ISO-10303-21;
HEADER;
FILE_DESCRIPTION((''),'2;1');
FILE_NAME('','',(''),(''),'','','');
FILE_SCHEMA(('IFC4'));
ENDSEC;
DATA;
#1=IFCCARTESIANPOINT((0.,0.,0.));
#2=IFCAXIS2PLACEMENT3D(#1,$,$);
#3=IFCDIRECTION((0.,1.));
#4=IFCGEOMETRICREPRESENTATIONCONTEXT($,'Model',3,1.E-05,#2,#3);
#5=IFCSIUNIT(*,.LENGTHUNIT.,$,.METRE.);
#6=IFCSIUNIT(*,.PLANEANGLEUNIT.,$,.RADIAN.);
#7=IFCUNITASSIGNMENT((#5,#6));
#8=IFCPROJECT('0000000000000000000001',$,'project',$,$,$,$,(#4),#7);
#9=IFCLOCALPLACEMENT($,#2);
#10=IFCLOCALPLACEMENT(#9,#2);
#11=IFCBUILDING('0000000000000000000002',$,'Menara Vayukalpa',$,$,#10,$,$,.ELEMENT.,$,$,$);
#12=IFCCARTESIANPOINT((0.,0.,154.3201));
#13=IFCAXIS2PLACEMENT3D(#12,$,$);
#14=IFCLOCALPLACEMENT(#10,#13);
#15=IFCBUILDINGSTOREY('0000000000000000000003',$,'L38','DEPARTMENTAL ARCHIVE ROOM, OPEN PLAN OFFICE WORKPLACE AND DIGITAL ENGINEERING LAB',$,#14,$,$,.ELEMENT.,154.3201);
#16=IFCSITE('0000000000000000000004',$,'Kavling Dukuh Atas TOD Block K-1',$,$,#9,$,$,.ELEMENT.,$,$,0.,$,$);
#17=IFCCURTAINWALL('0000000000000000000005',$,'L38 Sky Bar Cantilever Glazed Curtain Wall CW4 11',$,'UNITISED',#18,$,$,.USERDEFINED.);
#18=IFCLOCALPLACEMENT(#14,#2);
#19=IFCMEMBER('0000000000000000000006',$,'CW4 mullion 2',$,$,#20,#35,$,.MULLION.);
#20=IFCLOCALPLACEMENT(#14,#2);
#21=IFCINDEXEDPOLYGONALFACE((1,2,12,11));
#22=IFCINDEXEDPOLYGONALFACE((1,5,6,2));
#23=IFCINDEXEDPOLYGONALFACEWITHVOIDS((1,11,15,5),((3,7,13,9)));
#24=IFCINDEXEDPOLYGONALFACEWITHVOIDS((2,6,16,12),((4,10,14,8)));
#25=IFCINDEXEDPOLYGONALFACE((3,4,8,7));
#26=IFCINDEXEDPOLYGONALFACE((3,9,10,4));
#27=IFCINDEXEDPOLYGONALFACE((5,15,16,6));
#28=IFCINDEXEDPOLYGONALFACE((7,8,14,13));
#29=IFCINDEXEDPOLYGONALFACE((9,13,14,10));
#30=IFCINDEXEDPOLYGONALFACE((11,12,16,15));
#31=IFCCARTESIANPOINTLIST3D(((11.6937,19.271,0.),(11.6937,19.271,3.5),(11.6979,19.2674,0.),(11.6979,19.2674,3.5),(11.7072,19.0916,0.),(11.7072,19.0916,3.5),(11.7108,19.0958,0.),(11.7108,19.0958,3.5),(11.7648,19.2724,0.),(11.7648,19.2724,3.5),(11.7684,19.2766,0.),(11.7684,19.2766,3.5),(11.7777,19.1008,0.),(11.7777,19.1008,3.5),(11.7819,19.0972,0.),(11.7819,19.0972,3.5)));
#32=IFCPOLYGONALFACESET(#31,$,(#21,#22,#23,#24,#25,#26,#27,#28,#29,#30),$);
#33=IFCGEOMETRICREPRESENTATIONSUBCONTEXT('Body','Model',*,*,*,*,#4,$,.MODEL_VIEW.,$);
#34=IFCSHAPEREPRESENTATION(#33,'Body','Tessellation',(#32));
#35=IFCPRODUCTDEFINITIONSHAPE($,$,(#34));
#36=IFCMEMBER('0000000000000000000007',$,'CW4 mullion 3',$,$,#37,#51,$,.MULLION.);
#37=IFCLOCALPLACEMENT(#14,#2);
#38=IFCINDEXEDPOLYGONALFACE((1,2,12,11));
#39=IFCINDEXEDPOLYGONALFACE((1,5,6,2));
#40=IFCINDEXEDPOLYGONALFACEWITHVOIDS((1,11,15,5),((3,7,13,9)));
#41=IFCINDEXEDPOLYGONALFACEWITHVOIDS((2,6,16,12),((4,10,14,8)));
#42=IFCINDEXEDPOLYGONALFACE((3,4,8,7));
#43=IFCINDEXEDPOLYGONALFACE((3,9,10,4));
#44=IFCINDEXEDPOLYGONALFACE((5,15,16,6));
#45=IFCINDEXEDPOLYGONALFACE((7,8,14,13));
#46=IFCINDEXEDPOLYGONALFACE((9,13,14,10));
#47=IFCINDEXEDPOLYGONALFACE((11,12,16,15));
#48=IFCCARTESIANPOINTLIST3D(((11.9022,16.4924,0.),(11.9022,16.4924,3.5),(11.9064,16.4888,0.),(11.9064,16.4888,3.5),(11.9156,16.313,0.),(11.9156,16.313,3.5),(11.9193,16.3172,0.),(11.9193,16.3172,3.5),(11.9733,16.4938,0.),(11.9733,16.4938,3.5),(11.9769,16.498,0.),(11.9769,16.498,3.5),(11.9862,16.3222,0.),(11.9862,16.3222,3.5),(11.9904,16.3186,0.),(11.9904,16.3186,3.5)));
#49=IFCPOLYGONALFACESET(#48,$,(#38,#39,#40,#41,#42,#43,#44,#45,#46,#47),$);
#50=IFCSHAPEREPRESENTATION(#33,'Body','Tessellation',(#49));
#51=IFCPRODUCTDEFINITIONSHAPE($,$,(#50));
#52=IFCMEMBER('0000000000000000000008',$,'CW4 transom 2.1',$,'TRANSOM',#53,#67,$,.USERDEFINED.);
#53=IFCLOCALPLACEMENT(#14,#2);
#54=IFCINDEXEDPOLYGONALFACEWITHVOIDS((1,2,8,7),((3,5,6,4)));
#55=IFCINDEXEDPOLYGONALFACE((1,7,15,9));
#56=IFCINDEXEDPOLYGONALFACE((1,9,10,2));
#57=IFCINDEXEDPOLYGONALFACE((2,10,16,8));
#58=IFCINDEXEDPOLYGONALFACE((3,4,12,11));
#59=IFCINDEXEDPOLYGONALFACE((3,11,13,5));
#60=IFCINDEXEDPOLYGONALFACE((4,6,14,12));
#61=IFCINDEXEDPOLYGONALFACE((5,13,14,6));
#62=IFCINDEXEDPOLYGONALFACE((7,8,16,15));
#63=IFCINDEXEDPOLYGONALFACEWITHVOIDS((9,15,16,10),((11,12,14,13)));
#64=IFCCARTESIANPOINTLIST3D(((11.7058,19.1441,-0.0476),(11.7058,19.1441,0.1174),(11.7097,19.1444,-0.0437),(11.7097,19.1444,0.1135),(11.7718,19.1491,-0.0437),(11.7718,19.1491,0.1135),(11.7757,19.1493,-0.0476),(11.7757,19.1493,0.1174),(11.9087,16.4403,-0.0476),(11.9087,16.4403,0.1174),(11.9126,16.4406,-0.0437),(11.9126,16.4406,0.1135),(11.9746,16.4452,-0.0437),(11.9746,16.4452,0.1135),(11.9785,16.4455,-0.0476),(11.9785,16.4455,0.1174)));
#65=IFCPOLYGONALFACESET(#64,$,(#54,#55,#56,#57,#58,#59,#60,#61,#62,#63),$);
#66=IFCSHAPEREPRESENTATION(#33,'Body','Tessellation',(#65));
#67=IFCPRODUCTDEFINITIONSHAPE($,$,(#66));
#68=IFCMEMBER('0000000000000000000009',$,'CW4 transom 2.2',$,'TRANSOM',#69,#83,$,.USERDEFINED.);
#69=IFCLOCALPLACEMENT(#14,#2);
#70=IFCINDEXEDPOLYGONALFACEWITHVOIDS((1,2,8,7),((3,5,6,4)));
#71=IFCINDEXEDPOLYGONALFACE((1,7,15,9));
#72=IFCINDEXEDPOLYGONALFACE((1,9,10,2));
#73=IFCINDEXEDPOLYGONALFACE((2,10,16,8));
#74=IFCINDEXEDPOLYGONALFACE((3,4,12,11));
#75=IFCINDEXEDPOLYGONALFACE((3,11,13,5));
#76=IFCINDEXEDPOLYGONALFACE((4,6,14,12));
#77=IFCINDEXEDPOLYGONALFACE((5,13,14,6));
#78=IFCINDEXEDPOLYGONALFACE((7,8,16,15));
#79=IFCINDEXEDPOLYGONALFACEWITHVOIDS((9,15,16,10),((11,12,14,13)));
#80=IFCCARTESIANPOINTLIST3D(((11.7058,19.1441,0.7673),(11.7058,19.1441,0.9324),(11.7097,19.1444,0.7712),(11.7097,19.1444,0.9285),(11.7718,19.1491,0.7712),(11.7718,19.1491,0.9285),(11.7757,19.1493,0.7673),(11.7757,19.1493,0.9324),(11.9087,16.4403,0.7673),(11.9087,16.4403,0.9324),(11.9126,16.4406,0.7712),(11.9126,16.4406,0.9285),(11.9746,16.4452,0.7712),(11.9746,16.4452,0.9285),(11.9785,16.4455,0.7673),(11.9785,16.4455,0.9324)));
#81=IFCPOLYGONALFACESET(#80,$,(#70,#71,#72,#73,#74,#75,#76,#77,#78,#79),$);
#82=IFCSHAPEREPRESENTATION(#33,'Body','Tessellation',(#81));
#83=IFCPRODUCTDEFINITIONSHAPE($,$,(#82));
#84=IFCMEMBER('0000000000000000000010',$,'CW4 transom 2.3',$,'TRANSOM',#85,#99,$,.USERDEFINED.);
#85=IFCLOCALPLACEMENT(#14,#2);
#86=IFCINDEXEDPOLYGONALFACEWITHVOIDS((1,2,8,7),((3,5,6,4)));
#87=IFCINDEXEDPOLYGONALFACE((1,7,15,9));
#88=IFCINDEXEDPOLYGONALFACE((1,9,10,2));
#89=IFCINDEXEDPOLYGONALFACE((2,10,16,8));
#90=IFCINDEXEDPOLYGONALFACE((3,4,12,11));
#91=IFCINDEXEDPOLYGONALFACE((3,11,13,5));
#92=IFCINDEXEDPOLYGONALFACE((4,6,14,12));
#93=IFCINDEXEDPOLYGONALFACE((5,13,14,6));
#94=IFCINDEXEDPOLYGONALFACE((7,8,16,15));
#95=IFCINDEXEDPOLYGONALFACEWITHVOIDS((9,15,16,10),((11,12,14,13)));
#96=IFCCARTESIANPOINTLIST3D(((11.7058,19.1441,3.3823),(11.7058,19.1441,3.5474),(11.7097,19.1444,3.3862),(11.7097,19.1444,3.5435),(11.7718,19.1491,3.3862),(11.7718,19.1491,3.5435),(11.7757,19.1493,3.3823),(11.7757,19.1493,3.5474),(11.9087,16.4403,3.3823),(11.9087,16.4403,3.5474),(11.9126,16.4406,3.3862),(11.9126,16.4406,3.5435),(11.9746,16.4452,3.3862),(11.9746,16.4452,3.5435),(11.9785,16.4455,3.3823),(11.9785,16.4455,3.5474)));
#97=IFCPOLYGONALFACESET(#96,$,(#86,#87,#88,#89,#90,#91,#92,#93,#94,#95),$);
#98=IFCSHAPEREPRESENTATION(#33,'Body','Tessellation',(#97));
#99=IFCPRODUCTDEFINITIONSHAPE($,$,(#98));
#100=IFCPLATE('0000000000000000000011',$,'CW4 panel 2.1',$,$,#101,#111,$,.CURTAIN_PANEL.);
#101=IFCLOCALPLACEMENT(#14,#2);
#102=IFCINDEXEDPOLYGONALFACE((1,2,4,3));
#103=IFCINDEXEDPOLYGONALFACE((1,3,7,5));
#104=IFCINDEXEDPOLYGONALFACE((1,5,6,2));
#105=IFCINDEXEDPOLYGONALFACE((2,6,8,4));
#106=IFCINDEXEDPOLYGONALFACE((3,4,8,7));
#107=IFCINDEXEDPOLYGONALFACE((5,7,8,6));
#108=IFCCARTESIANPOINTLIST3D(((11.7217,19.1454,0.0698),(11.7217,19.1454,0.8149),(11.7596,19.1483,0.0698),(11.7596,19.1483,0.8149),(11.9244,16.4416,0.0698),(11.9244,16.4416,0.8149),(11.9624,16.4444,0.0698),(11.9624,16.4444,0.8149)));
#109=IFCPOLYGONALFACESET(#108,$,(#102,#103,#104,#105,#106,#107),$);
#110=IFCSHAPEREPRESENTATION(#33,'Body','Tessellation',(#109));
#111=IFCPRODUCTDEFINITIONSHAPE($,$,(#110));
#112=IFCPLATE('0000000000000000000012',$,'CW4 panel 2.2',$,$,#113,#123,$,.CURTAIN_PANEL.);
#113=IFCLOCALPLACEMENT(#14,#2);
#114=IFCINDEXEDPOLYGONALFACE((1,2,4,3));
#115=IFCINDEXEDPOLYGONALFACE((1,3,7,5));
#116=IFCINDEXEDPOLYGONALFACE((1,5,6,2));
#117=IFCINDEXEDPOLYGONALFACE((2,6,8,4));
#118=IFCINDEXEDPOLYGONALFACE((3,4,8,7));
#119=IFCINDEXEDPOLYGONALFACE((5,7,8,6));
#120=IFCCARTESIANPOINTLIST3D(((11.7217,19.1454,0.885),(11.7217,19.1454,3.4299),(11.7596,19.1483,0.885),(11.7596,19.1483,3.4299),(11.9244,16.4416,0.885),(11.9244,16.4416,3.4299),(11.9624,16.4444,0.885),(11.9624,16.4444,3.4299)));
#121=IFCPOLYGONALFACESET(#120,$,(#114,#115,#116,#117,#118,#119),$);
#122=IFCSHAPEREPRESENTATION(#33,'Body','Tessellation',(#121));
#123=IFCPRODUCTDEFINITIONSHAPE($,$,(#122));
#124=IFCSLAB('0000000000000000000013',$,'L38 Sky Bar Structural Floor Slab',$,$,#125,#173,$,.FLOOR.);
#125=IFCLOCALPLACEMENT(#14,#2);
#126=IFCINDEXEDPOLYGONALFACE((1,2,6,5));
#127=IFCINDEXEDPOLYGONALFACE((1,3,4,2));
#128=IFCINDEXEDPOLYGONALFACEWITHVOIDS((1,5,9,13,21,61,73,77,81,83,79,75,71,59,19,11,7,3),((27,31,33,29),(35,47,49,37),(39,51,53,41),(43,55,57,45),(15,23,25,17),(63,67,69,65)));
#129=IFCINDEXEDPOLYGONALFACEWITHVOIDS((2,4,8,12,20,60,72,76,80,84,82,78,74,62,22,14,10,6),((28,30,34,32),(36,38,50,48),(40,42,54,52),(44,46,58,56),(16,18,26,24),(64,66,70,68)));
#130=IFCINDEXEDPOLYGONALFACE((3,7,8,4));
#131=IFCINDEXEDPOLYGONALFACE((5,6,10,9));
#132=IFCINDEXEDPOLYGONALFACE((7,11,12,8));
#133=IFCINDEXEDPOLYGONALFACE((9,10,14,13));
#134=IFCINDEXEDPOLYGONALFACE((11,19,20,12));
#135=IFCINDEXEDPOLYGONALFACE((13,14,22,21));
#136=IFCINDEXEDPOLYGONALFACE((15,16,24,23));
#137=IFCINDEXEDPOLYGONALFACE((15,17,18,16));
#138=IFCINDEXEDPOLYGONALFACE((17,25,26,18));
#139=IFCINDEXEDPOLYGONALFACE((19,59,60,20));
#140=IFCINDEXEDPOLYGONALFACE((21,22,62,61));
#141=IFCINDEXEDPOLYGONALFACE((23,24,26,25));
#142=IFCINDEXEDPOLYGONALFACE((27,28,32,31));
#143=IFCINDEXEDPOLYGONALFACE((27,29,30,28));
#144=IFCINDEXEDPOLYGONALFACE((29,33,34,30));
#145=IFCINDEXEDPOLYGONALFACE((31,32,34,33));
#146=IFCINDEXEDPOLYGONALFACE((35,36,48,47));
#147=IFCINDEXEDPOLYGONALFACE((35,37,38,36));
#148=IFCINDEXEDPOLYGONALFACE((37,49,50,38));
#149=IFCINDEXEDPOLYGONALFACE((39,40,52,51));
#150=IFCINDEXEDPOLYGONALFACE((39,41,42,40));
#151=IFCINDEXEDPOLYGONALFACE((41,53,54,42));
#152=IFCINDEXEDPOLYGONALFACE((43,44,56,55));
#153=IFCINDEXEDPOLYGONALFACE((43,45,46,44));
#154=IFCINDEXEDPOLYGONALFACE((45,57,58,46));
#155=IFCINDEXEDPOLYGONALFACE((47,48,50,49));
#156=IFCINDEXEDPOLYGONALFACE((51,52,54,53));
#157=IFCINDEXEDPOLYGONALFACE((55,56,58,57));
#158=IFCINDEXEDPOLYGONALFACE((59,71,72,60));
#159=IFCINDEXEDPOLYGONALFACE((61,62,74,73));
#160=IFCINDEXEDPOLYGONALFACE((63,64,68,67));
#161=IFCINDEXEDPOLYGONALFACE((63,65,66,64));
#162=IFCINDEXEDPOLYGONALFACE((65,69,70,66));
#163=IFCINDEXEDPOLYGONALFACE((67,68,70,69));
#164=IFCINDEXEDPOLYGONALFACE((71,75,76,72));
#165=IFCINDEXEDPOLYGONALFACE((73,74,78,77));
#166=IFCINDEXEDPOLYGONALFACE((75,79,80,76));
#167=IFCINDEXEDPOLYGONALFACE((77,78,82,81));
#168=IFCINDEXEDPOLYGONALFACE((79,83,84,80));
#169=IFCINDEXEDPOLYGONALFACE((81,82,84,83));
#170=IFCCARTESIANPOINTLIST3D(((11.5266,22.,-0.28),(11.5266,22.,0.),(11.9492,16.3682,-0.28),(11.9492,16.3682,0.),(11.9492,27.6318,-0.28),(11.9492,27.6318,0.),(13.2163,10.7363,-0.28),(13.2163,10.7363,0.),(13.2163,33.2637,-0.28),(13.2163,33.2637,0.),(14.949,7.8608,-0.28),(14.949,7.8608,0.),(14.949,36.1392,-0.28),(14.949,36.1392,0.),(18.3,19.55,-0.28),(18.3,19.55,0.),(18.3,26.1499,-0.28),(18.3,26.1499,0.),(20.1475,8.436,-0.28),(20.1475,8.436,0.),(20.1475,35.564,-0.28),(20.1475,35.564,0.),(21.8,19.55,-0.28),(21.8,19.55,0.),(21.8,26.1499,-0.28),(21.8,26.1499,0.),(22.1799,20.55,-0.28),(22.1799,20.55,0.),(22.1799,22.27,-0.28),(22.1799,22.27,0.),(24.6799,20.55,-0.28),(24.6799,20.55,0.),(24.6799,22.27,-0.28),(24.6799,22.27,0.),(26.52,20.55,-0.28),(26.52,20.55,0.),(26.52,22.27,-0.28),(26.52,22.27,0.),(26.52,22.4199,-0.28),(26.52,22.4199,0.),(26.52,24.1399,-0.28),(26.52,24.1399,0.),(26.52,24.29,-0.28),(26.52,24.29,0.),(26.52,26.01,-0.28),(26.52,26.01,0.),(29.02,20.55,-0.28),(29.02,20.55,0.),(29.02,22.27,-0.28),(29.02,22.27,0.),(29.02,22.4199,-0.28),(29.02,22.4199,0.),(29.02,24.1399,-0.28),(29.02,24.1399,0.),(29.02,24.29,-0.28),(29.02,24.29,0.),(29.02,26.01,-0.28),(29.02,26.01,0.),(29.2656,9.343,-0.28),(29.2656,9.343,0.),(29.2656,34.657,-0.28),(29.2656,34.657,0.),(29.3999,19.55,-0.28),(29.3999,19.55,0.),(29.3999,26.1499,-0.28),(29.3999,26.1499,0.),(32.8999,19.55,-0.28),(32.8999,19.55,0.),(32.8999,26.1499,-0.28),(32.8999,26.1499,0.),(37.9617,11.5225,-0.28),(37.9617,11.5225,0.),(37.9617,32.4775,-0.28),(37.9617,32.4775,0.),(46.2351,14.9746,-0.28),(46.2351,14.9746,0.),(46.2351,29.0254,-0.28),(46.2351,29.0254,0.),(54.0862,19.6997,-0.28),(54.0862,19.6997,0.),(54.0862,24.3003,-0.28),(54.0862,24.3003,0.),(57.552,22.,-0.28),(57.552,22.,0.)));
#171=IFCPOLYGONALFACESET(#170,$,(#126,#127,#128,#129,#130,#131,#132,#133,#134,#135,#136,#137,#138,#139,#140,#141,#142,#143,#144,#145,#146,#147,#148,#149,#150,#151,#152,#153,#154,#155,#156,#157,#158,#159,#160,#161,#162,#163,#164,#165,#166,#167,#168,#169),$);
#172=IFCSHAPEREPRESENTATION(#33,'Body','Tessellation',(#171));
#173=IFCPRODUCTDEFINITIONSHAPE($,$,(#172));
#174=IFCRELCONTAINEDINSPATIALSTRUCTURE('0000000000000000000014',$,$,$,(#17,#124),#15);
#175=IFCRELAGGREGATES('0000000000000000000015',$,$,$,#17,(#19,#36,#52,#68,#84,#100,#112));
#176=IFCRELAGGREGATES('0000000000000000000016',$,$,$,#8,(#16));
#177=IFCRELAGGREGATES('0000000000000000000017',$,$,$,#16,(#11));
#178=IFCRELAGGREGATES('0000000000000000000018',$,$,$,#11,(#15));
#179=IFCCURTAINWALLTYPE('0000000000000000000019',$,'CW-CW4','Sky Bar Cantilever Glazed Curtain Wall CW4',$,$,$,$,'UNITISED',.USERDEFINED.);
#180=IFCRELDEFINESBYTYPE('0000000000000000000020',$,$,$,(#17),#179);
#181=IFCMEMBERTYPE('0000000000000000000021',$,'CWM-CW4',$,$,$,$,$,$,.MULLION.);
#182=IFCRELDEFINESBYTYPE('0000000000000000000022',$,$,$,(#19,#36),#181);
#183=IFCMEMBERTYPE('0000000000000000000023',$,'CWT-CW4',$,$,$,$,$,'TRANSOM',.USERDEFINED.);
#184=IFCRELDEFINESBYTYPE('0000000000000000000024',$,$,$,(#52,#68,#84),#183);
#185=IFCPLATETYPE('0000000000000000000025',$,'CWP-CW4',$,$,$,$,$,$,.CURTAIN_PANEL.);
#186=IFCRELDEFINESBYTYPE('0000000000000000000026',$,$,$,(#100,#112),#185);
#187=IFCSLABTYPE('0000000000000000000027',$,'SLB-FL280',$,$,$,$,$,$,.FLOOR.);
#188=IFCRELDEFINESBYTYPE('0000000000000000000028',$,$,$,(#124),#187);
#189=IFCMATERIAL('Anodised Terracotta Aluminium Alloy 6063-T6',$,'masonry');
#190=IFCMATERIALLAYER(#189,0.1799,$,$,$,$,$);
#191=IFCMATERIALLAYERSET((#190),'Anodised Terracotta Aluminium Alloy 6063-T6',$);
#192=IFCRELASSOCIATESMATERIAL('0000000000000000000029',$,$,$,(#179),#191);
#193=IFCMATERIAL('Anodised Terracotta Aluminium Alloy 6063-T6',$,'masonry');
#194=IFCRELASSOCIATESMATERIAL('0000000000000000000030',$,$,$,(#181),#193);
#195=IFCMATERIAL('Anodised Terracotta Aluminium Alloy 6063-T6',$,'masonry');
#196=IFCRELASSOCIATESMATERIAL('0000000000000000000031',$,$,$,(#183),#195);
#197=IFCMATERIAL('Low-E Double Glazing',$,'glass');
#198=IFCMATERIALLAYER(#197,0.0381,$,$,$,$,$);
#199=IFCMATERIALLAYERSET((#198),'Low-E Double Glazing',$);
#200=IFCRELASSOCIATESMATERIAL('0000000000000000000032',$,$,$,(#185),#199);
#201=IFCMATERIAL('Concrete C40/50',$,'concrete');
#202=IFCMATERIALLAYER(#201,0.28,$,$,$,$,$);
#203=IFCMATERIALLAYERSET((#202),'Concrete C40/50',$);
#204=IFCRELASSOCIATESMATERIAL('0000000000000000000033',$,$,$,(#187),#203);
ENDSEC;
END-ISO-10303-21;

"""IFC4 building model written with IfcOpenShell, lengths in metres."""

from ifc_helpers import new_model, si_unit, direction, frame, origin, origin_2d, place, context, subcontext, project, spatial, polyline, rectangle, hollow_rectangle, outline, extrude, material, layer, layer_set, material_profile, profile_set, type_object, element, aggregate, save


model = new_model("IFC4")

# Units and contexts
model_context = context("Model", 3, precision=1e-05, world=origin(), true_north=direction((0.0, 1.0)))
body_context = subcontext(model_context, "Body", "Model", "MODEL_VIEW")
ifc_project = project(units=[si_unit("LENGTHUNIT", "METRE"), si_unit("PLANEANGLEUNIT", "RADIAN")], contexts=[model_context])

# Site, building, storey
site_placement = place(None, origin())
site = spatial("IfcSite", under=ifc_project, at=site_placement, Name="Kavling Dukuh Atas TOD Block K-1", CompositionType="ELEMENT", RefElevation=0.0)
building_placement = place(site_placement, origin())
building = spatial("IfcBuilding", under=site, at=building_placement, Name="Menara Vayukalpa", CompositionType="ELEMENT")
storey_placement = place(building_placement, frame((0.0, 0.0, 154.3201)))
storey = spatial("IfcBuildingStorey", under=building, at=storey_placement, Name="L38", Description="DEPARTMENTAL ARCHIVE ROOM, OPEN PLAN OFFICE WORKPLACE AND DIGITAL ENGINEERING LAB", CompositionType="ELEMENT", Elevation=154.3201)

# Curtain wall, members, plates
ifc_material_1 = material(Name="Anodised Terracotta Aluminium Alloy 6063-T6", Category="masonry")
ifc_layer_1 = layer(ifc_material_1, 0.1799)
ifc_layer_set_1 = layer_set([ifc_layer_1], Name="Anodised Terracotta Aluminium Alloy 6063-T6")
curtain_wall_type = type_object("IfcCurtainWallType", Name="CW-CW4", Description="Sky Bar Cantilever Glazed Curtain Wall CW4", ElementType="UNITISED", PredefinedType="USERDEFINED", material=ifc_layer_set_1)
curtain_wall_placement = place(storey_placement, origin())
curtain_wall = element("IfcCurtainWall", 1, at=curtain_wall_placement, inside=storey, type_object=curtain_wall_type, Name="L38 Sky Bar Cantilever Glazed Curtain Wall CW4 11", ObjectType="UNITISED", PredefinedType="USERDEFINED")
ifc_material_2 = material(Name="Anodised Terracotta Aluminium Alloy 6063-T6", Category="masonry")
ifc_material_profile_1 = material_profile(ifc_material_2, hollow_rectangle(XDim=0.075, YDim=0.1799, WallThickness=0.0039, at=origin_2d()), Name="ALU 75x180x4")
ifc_profile_set_1 = profile_set([ifc_material_profile_1], Name="Anodised Terracotta Aluminium Alloy 6063-T6")
member_type_1 = type_object("IfcMemberType", Name="CWM-CW4", PredefinedType="MULLION", material=ifc_profile_set_1)
member_1_placement = place(storey_placement, frame((11.7378, 19.1841, 0.0), z_axis=(0.0, 0.0, 1.0), x_axis=(0.997199, 0.074793, 0.0)))
member_1 = element("IfcMember", 2, at=member_1_placement, type_object=member_type_1, Name="CW4 mullion 2", PredefinedType="MULLION", context=body_context, shape_type="SweptSolid", body=[
    extrude(hollow_rectangle(XDim=0.075, YDim=0.1799, WallThickness=0.0039, at=origin_2d()), origin(), (0.0, 0.0, 1.0), 3.5),
])
member_2_placement = place(storey_placement, frame((11.9463, 16.4055, 0.0), z_axis=(0.0, 0.0, 1.0), x_axis=(0.997199, 0.074793, 0.0)))
member_2 = element("IfcMember", 3, at=member_2_placement, type_object=member_type_1, Name="CW4 mullion 3", PredefinedType="MULLION", context=body_context, shape_type="SweptSolid", body=[
    extrude(hollow_rectangle(XDim=0.075, YDim=0.1799, WallThickness=0.0039, at=origin_2d()), origin(), (0.0, 0.0, 1.0), 3.5),
])
ifc_material_3 = material(Name="Anodised Terracotta Aluminium Alloy 6063-T6", Category="masonry")
ifc_material_profile_2 = material_profile(ifc_material_3, hollow_rectangle(XDim=0.0701, YDim=0.165, WallThickness=0.0039, at=origin_2d()), Name="ALU 70x165x4")
ifc_profile_set_2 = profile_set([ifc_material_profile_2], Name="Anodised Terracotta Aluminium Alloy 6063-T6")
member_type_2 = type_object("IfcMemberType", Name="CWT-CW4", ElementType="TRANSOM", PredefinedType="USERDEFINED", material=ifc_profile_set_2)
member_3_placement = place(storey_placement, frame((11.7407, 19.1467, 0.0349), z_axis=(0.074824, -0.997197, 0.0), x_axis=(0.997197, 0.074824, 0.0)))
member_3 = element("IfcMember", 4, at=member_3_placement, type_object=member_type_2, Name="CW4 transom 2.1", ObjectType="TRANSOM", PredefinedType="USERDEFINED", context=body_context, shape_type="SweptSolid", body=[
    extrude(hollow_rectangle(XDim=0.0701, YDim=0.165, WallThickness=0.0039, at=origin_2d()), origin(), (0.0, 0.0, 1.0), 2.7114),
])
member_4_placement = place(storey_placement, frame((11.7407, 19.1467, 0.8499), z_axis=(0.074824, -0.997197, 0.0), x_axis=(0.997197, 0.074824, 0.0)))
member_4 = element("IfcMember", 5, at=member_4_placement, type_object=member_type_2, Name="CW4 transom 2.2", ObjectType="TRANSOM", PredefinedType="USERDEFINED", context=body_context, shape_type="SweptSolid", body=[
    extrude(hollow_rectangle(XDim=0.0701, YDim=0.165, WallThickness=0.0039, at=origin_2d()), origin(), (0.0, 0.0, 1.0), 2.7114),
])
member_5_placement = place(storey_placement, frame((11.7407, 19.1467, 3.4648), z_axis=(0.074824, -0.997197, 0.0), x_axis=(0.997197, 0.074824, 0.0)))
member_5 = element("IfcMember", 6, at=member_5_placement, type_object=member_type_2, Name="CW4 transom 2.3", ObjectType="TRANSOM", PredefinedType="USERDEFINED", context=body_context, shape_type="SweptSolid", body=[
    extrude(hollow_rectangle(XDim=0.0701, YDim=0.165, WallThickness=0.0039, at=origin_2d()), origin(), (0.0, 0.0, 1.0), 2.7114),
])
ifc_material_4 = material(Name="Low-E Double Glazing", Category="glass")
ifc_layer_2 = layer(ifc_material_4, 0.0381)
ifc_layer_set_2 = layer_set([ifc_layer_2], Name="Low-E Double Glazing")
plate_type = type_object("IfcPlateType", Name="CWP-CW4", PredefinedType="CURTAIN_PANEL", material=ifc_layer_set_2)
plate_1_placement = place(storey_placement, frame((11.842, 17.7949, 0.0698), z_axis=(0.0, 0.0, 1.0), x_axis=(0.074793, -0.997199, 0.0)))
plate_1 = element("IfcPlate", 7, at=plate_1_placement, type_object=plate_type, Name="CW4 panel 2.1", PredefinedType="CURTAIN_PANEL", context=body_context, shape_type="SweptSolid", body=[
    extrude(rectangle(XDim=2.7114, YDim=0.0381, at=origin_2d()), origin(), (0.0, 0.0, 1.0), 0.7451),
])
plate_2_placement = place(storey_placement, frame((11.842, 17.7949, 0.885), z_axis=(0.0, 0.0, 1.0), x_axis=(0.074793, -0.997199, 0.0)))
plate_2 = element("IfcPlate", 8, at=plate_2_placement, type_object=plate_type, Name="CW4 panel 2.2", PredefinedType="CURTAIN_PANEL", context=body_context, shape_type="SweptSolid", body=[
    extrude(rectangle(XDim=2.7114, YDim=0.0381, at=origin_2d()), origin(), (0.0, 0.0, 1.0), 2.5449),
])
aggregate(curtain_wall, [member_1, member_2, member_3, member_4, member_5, plate_1, plate_2])

# Slab
ifc_material_5 = material(Name="Concrete C40/50", Category="concrete")
ifc_layer_3 = layer(ifc_material_5, 0.28)
ifc_layer_set_3 = layer_set([ifc_layer_3], Name="Concrete C40/50")
slab_type_1 = type_object("IfcSlabType", Name="SLB-FL280", PredefinedType="FLOOR", material=ifc_layer_set_3)
slab_1_placement = place(storey_placement, frame((0.0, 0.0, -0.28)))
element("IfcSlab", 9, at=slab_1_placement, inside=storey, type_object=slab_type_1, Name="L38 Sky Bar Structural Floor Slab", PredefinedType="FLOOR", context=body_context, shape_type="SweptSolid", body=[
    extrude(outline(polyline([(54.0862, 19.6997), (57.552, 22.0), (54.0862, 24.3003), (46.2351, 29.0254), (37.9617, 32.4775), (29.2656, 34.657), (20.1475, 35.564), (14.949, 36.1392), (13.2163, 33.2637), (11.9492, 27.6318), (11.5266, 22.0), (11.9492, 16.3682), (13.2163, 10.7363), (14.949, 7.8608), (20.1475, 8.436), (29.2656, 9.343), (37.9617, 11.5225), (46.2351, 14.9746), (54.0862, 19.6997)]), holes=[polyline([(21.8, 19.55), (21.8, 26.1499), (18.3, 26.1499), (18.3, 19.55), (21.8, 19.55)]), polyline([(32.8999, 19.55), (32.8999, 26.1499), (29.3999, 26.1499), (29.3999, 19.55), (32.8999, 19.55)]), polyline([(22.1799, 20.55), (24.6799, 20.55), (24.6799, 22.27), (22.1799, 22.27), (22.1799, 20.55)]), polyline([(26.52, 20.55), (29.02, 20.55), (29.02, 22.27), (26.52, 22.27), (26.52, 20.55)]), polyline([(26.52, 24.29), (29.02, 24.29), (29.02, 26.01), (26.52, 26.01), (26.52, 24.29)]), polyline([(26.52, 22.4199), (29.02, 22.4199), (29.02, 24.1399), (26.52, 24.1399), (26.52, 22.4199)])]), origin(), (0.0, 0.0, 1.0), 0.28),
])

save(model, "model.ifc")
